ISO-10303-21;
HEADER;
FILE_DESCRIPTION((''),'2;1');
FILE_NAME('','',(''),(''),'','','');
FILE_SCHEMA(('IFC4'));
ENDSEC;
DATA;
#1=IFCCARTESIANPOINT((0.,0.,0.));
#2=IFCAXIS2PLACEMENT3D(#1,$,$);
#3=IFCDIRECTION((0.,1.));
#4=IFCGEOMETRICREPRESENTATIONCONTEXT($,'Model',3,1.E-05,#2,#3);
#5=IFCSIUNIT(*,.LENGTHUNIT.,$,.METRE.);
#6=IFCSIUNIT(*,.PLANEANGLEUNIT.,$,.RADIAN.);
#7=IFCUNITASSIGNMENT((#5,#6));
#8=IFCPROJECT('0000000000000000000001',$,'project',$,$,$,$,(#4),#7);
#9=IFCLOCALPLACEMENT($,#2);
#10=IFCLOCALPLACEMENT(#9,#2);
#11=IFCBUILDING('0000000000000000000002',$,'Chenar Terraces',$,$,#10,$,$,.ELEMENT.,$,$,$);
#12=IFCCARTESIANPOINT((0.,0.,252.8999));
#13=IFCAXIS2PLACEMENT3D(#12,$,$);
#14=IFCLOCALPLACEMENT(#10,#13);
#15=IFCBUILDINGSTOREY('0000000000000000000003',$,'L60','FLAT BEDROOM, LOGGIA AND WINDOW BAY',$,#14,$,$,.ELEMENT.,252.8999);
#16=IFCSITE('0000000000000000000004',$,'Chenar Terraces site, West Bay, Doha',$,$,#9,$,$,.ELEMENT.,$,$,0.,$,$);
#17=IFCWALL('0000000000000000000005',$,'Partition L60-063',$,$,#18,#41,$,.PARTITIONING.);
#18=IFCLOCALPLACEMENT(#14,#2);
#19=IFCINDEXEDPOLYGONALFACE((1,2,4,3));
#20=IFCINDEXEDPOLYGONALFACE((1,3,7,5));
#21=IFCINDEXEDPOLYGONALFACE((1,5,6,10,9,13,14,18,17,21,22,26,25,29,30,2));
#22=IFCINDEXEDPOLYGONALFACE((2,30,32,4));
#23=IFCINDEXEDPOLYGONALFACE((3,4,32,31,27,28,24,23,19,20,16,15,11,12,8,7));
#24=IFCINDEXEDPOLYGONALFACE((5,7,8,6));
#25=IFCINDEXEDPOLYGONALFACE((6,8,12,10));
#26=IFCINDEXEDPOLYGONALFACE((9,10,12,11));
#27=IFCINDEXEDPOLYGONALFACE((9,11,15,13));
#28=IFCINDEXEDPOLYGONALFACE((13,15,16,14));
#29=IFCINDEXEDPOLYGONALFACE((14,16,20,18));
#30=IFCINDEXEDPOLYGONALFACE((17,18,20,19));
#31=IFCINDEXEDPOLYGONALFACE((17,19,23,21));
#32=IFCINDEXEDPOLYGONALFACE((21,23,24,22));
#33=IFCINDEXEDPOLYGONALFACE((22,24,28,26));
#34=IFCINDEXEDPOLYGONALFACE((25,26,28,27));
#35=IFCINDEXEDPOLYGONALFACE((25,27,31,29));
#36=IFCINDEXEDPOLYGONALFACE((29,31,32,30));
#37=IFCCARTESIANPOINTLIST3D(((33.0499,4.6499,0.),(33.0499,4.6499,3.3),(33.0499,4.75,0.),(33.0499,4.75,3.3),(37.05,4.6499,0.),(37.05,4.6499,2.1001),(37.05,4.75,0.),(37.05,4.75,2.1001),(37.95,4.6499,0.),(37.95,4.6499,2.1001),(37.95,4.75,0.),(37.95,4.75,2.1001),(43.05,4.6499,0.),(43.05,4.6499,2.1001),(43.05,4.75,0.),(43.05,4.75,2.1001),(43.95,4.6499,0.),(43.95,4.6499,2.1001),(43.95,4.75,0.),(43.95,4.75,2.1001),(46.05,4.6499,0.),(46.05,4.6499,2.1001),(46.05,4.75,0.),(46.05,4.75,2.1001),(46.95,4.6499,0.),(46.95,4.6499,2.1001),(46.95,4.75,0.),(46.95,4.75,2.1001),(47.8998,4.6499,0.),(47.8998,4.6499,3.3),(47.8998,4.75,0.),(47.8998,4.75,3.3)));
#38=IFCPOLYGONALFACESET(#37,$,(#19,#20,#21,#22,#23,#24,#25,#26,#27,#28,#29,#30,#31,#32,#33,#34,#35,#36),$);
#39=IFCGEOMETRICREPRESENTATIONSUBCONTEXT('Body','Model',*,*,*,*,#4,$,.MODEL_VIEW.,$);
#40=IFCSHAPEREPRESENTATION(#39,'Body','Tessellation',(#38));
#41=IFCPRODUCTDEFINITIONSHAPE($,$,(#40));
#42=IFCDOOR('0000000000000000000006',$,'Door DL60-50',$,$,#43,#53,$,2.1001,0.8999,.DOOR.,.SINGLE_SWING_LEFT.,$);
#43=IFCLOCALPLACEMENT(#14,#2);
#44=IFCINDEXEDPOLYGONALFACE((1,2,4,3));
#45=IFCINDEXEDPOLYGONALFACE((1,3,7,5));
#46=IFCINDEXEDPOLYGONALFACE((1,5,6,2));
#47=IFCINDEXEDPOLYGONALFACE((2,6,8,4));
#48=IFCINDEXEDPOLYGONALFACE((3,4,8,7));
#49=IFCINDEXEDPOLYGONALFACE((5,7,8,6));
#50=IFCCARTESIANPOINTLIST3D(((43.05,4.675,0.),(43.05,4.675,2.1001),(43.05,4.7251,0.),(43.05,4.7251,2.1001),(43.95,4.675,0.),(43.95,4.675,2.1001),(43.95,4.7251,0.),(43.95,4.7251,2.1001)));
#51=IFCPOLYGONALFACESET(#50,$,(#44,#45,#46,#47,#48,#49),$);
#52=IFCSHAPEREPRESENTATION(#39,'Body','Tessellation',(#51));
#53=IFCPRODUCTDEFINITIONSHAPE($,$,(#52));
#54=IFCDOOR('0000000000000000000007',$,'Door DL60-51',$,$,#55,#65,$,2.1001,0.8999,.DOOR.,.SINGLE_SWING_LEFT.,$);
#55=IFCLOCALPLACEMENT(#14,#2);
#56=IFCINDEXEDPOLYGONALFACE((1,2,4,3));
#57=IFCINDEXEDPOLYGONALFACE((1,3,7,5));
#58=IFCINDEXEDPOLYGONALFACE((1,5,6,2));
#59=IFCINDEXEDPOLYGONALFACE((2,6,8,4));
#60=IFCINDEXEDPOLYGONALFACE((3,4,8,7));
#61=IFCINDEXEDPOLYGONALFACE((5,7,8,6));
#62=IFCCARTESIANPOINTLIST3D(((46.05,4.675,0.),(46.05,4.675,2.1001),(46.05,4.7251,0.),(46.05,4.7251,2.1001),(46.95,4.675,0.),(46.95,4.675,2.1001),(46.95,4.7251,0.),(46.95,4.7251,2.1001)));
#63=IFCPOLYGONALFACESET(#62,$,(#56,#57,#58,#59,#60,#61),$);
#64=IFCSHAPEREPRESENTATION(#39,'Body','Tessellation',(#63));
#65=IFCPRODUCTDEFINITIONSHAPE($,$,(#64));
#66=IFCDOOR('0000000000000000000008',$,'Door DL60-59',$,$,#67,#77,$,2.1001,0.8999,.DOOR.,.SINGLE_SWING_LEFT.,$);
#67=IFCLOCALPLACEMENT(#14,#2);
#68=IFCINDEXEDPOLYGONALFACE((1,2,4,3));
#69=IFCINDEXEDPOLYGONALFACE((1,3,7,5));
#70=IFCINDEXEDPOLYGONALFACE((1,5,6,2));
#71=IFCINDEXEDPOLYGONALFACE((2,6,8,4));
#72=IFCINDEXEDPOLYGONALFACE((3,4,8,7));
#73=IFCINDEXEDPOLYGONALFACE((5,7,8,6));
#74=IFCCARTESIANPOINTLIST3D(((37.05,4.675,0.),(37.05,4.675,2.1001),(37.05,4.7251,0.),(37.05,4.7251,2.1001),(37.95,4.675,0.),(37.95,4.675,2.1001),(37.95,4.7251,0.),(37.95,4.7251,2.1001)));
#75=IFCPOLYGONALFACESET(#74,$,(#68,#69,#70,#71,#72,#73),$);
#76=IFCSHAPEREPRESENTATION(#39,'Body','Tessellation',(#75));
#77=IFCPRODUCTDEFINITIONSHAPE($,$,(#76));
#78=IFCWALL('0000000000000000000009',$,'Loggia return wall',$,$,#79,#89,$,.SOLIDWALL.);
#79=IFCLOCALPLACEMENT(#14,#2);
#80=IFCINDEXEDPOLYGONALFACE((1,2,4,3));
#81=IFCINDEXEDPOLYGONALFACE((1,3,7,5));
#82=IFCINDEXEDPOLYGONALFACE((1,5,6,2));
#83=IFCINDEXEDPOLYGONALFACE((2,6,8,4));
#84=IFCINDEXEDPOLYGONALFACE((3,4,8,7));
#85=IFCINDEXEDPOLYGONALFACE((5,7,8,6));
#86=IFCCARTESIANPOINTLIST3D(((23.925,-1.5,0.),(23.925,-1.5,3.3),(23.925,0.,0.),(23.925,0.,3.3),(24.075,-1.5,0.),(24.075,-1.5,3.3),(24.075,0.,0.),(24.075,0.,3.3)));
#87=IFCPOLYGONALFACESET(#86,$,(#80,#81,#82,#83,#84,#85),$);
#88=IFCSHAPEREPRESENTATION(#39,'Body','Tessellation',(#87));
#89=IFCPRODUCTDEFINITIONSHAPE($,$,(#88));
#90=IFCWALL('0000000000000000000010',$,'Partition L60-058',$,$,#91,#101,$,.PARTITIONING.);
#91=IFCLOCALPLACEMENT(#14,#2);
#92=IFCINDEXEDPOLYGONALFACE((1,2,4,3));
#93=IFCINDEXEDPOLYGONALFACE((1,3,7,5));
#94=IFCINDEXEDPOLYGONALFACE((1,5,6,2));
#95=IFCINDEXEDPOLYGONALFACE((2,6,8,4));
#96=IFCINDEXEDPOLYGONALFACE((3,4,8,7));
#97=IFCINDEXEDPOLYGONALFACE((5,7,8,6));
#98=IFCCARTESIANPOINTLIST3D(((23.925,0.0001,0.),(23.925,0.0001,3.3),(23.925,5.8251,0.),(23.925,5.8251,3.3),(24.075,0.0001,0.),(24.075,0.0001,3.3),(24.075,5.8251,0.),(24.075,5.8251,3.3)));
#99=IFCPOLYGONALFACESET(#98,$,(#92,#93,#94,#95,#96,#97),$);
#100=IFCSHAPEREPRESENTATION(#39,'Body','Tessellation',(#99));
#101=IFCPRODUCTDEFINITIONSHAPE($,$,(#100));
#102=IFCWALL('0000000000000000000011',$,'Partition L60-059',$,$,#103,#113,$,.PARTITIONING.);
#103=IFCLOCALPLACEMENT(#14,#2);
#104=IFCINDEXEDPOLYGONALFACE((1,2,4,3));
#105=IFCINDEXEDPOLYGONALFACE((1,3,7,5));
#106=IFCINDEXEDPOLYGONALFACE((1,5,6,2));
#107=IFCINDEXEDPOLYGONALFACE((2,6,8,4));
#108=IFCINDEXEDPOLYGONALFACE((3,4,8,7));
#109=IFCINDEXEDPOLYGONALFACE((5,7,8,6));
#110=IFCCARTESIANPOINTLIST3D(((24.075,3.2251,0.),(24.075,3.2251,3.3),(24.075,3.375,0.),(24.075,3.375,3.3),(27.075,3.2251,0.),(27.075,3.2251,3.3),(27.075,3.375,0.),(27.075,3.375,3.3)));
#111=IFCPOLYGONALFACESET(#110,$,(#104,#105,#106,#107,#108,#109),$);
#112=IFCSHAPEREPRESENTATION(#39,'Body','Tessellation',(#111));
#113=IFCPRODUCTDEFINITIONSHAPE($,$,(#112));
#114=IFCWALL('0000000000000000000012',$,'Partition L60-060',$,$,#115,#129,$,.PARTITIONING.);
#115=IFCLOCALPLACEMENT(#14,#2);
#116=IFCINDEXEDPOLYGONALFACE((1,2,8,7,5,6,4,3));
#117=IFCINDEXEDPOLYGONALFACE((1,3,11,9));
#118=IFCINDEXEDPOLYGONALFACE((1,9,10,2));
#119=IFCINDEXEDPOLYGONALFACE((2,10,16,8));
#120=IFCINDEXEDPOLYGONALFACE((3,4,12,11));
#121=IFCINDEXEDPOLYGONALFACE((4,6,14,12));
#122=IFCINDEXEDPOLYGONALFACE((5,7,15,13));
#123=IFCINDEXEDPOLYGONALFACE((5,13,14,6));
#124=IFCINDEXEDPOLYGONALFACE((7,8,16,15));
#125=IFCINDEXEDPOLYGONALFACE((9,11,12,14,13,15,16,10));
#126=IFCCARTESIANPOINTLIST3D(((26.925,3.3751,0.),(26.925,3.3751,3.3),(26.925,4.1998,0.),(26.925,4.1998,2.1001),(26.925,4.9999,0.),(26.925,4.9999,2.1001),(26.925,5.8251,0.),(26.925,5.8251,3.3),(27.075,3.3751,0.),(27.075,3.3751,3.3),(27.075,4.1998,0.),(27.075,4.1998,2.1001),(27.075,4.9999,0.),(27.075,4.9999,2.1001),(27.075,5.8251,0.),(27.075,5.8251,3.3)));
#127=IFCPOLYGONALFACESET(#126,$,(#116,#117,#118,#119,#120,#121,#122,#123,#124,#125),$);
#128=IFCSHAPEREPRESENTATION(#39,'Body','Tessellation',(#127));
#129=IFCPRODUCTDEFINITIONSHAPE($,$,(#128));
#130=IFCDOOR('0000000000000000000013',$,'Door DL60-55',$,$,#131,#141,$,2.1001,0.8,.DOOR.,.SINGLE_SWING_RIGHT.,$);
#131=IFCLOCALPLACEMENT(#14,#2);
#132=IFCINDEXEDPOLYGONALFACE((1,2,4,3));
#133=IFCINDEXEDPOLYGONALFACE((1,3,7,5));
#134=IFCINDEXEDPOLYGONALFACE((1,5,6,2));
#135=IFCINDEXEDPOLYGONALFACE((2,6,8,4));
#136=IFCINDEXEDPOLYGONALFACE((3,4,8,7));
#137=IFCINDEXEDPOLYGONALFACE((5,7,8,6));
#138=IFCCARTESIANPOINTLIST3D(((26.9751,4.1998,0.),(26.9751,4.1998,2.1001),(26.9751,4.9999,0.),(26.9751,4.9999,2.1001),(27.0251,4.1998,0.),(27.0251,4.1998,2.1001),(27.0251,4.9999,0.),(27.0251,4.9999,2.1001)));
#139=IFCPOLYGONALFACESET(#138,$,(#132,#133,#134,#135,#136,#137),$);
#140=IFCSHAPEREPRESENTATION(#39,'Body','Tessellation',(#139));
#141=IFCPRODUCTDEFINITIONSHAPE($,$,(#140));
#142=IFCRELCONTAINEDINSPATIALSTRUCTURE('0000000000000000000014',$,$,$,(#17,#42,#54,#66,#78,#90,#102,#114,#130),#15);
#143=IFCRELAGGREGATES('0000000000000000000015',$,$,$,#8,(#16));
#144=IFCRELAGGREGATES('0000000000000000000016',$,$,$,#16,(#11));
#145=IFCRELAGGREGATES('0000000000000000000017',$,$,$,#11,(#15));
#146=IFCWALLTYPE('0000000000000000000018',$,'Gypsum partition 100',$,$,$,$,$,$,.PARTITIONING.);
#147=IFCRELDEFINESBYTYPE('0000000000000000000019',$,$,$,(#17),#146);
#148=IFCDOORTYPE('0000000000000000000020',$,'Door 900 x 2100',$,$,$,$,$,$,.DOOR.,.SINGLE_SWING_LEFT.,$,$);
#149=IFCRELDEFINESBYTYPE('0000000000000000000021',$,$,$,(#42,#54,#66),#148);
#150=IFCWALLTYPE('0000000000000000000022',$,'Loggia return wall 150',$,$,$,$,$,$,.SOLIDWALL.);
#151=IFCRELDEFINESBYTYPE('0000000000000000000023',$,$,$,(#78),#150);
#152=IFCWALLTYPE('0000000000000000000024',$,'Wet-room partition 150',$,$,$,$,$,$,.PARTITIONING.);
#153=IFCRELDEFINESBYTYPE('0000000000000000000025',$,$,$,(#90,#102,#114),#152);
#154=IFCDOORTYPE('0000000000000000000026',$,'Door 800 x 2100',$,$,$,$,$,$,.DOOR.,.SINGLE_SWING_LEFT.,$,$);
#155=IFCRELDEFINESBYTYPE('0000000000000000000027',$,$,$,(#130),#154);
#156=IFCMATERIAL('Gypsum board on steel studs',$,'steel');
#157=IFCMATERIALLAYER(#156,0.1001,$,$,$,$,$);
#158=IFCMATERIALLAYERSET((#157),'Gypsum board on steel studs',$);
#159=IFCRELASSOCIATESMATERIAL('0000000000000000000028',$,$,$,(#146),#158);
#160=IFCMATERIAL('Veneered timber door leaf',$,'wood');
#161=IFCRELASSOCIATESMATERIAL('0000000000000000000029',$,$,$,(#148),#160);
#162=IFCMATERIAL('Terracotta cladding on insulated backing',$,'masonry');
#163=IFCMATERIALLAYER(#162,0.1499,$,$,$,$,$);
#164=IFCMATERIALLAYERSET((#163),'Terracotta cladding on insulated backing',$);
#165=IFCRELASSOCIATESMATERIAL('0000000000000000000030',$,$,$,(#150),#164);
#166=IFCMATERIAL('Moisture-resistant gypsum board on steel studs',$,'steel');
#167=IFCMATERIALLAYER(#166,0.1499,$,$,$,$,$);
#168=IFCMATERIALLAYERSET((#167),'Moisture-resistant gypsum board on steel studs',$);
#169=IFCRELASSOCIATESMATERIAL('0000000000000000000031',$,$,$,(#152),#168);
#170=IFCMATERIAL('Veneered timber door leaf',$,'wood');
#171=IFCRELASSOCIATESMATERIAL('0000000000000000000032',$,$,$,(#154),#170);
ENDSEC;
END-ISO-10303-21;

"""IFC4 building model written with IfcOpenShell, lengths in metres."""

from ifc_helpers import new_model, si_unit, direction, frame, frame_2d, origin, place, context, subcontext, project, spatial, rectangle, extrude, material, layer, layer_set, type_object, element, fill, save


model = new_model("IFC4")

# Units and contexts
model_context = context("Model", 3, precision=1e-05, world=origin(), true_north=direction((0.0, 1.0)))
body_context = subcontext(model_context, "Body", "Model", "MODEL_VIEW")
ifc_project = project(units=[si_unit("LENGTHUNIT", "METRE"), si_unit("PLANEANGLEUNIT", "RADIAN")], contexts=[model_context])

# Site, building, storey
site_placement = place(None, origin())
site = spatial("IfcSite", under=ifc_project, at=site_placement, Name="Chenar Terraces site, West Bay, Doha", CompositionType="ELEMENT", RefElevation=0.0)
building_placement = place(site_placement, origin())
building = spatial("IfcBuilding", under=site, at=building_placement, Name="Chenar Terraces", CompositionType="ELEMENT")
storey_placement = place(building_placement, frame((0.0, 0.0, 252.8999)))
storey = spatial("IfcBuildingStorey", under=building, at=storey_placement, Name="L60", Description="FLAT BEDROOM, LOGGIA AND WINDOW BAY", CompositionType="ELEMENT", Elevation=252.8999)

# Shared definitions
ifc_material_1 = material(Name="Gypsum board on steel studs", Category="steel")
ifc_layer_1 = layer(ifc_material_1, 0.1001)
ifc_layer_set_1 = layer_set([ifc_layer_1], Name="Gypsum board on steel studs")
wall_type_1 = type_object("IfcWallType", Name="Gypsum partition 100", PredefinedType="PARTITIONING", material=ifc_layer_set_1)

# Shared definitions
ifc_material_2 = material(Name="Veneered timber door leaf", Category="wood")
door_type_1 = type_object("IfcDoorType", Name="Door 900 x 2100", OperationType="SINGLE_SWING_LEFT", PredefinedType="DOOR", material=ifc_material_2)

# Wall, openings, doors
wall_1_placement = place(storey_placement, frame((33.05, 4.7, 0.0), z_axis=(0.0, 0.0, 1.0), x_axis=(1.0, 0.0, 0.0)))
wall_1 = element("IfcWall", 1, at=wall_1_placement, inside=storey, type_object=wall_type_1, Name="Partition L60-063", PredefinedType="PARTITIONING", context=body_context, shape_type="SweptSolid", body=[
    extrude(rectangle(XDim=14.8499, YDim=0.1001, at=frame_2d((7.4248, 0.0))), origin(), (0.0, 0.0, 1.0), 3.3),
])
opening_1_placement = place(wall_1_placement, frame((10.0, 0.0, 0.0)))
opening_1 = element("IfcOpeningElement", 2, at=opening_1_placement, cuts=wall_1, PredefinedType="OPENING", context=body_context, shape_type="SweptSolid", body=[
    extrude(rectangle(XDim=0.8999, YDim=2.1001, at=frame_2d((0.45, 1.05))), frame((0.0, 0.0601, 0.0), z_axis=(0.0, -1.0, 0.0), x_axis=(1.0, 0.0, 0.0)), (0.0, 0.0, 1.0), 0.1201),
])
opening_2_placement = place(wall_1_placement, frame((13.0, 0.0, 0.0)))
opening_2 = element("IfcOpeningElement", 3, at=opening_2_placement, cuts=wall_1, PredefinedType="OPENING", context=body_context, shape_type="SweptSolid", body=[
    extrude(rectangle(XDim=0.8999, YDim=2.1001, at=frame_2d((0.45, 1.05))), frame((0.0, 0.0601, 0.0), z_axis=(0.0, -1.0, 0.0), x_axis=(1.0, 0.0, 0.0)), (0.0, 0.0, 1.0), 0.1201),
])
opening_3_placement = place(wall_1_placement, frame((4.0, 0.0, 0.0)))
opening_3 = element("IfcOpeningElement", 4, at=opening_3_placement, cuts=wall_1, PredefinedType="OPENING", context=body_context, shape_type="SweptSolid", body=[
    extrude(rectangle(XDim=0.8999, YDim=2.1001, at=frame_2d((0.45, 1.05))), frame((0.0, 0.0601, 0.0), z_axis=(0.0, -1.0, 0.0), x_axis=(1.0, 0.0, 0.0)), (0.0, 0.0, 1.0), 0.1201),
])
door_1_placement = place(opening_1_placement, frame((0.8999, 0.0, 0.0), z_axis=(0.0, 0.0, 1.0), x_axis=(-1.0, 0.0, 0.0)))
door_1 = element("IfcDoor", 5, at=door_1_placement, inside=storey, type_object=door_type_1, Name="Door DL60-50", OperationType="SINGLE_SWING_LEFT", OverallHeight=2.1001, OverallWidth=0.8999, PredefinedType="DOOR", context=body_context, shape_type="SweptSolid", body=[
    extrude(rectangle(XDim=0.8999, YDim=2.1001, at=frame_2d((0.45, 1.05))), frame((0.0, 0.0249, 0.0), z_axis=(0.0, -1.0, 0.0), x_axis=(1.0, 0.0, 0.0)), (0.0, 0.0, 1.0), 0.05),
])
fill(opening_1, door_1)
door_2_placement = place(opening_2_placement, frame((0.8999, 0.0, 0.0), z_axis=(0.0, 0.0, 1.0), x_axis=(-1.0, 0.0, 0.0)))
door_2 = element("IfcDoor", 6, at=door_2_placement, inside=storey, type_object=door_type_1, Name="Door DL60-51", OperationType="SINGLE_SWING_LEFT", OverallHeight=2.1001, OverallWidth=0.8999, PredefinedType="DOOR", context=body_context, shape_type="SweptSolid", body=[
    extrude(rectangle(XDim=0.8999, YDim=2.1001, at=frame_2d((0.45, 1.05))), frame((0.0, 0.0249, 0.0), z_axis=(0.0, -1.0, 0.0), x_axis=(1.0, 0.0, 0.0)), (0.0, 0.0, 1.0), 0.05),
])
fill(opening_2, door_2)
door_3_placement = place(opening_3_placement, frame((0.8999, 0.0, 0.0), z_axis=(0.0, 0.0, 1.0), x_axis=(-1.0, 0.0, 0.0)))
door_3 = element("IfcDoor", 7, at=door_3_placement, inside=storey, type_object=door_type_1, Name="Door DL60-59", OperationType="SINGLE_SWING_LEFT", OverallHeight=2.1001, OverallWidth=0.8999, PredefinedType="DOOR", context=body_context, shape_type="SweptSolid", body=[
    extrude(rectangle(XDim=0.8999, YDim=2.1001, at=frame_2d((0.45, 1.05))), frame((0.0, 0.0249, 0.0), z_axis=(0.0, -1.0, 0.0), x_axis=(1.0, 0.0, 0.0)), (0.0, 0.0, 1.0), 0.05),
])
fill(opening_3, door_3)

# Walls
ifc_material_3 = material(Name="Terracotta cladding on insulated backing", Category="masonry")
ifc_layer_2 = layer(ifc_material_3, 0.1499)
ifc_layer_set_2 = layer_set([ifc_layer_2], Name="Terracotta cladding on insulated backing")
wall_type_2 = type_object("IfcWallType", Name="Loggia return wall 150", PredefinedType="SOLIDWALL", material=ifc_layer_set_2)
wall_2_placement = place(storey_placement, frame((24.0, -1.5, 0.0), z_axis=(0.0, 0.0, 1.0), x_axis=(0.0, 1.0, 0.0)))
element("IfcWall", 8, at=wall_2_placement, inside=storey, type_object=wall_type_2, Name="Loggia return wall", PredefinedType="SOLIDWALL", context=body_context, shape_type="SweptSolid", body=[
    extrude(rectangle(XDim=1.5, YDim=0.1499, at=frame_2d((0.75, 0.0))), origin(), (0.0, 0.0, 1.0), 3.3),
])
ifc_material_4 = material(Name="Moisture-resistant gypsum board on steel studs", Category="steel")
ifc_layer_3 = layer(ifc_material_4, 0.1499)
ifc_layer_set_3 = layer_set([ifc_layer_3], Name="Moisture-resistant gypsum board on steel studs")
wall_type_3 = type_object("IfcWallType", Name="Wet-room partition 150", PredefinedType="PARTITIONING", material=ifc_layer_set_3)
wall_3_placement = place(storey_placement, frame((24.0, 0.0, 0.0), z_axis=(0.0, 0.0, 1.0), x_axis=(0.0, 1.0, 0.0)))
element("IfcWall", 9, at=wall_3_placement, inside=storey, type_object=wall_type_3, Name="Partition L60-058", PredefinedType="PARTITIONING", context=body_context, shape_type="SweptSolid", body=[
    extrude(rectangle(XDim=5.825, YDim=0.1499, at=frame_2d((2.9126, 0.0))), origin(), (0.0, 0.0, 1.0), 3.3),
])
wall_4_placement = place(storey_placement, frame((24.075, 3.3, 0.0), z_axis=(0.0, 0.0, 1.0), x_axis=(1.0, 0.0, 0.0)))
element("IfcWall", 10, at=wall_4_placement, inside=storey, type_object=wall_type_3, Name="Partition L60-059", PredefinedType="PARTITIONING", context=body_context, shape_type="SweptSolid", body=[
    extrude(rectangle(XDim=3.0, YDim=0.1499, at=frame_2d((1.5, 0.0))), origin(), (0.0, 0.0, 1.0), 3.3),
])

# Wall, opening, door
wall_5_placement = place(storey_placement, frame((27.0, 3.375, 0.0), z_axis=(0.0, 0.0, 1.0), x_axis=(0.0, 1.0, 0.0)))
wall_5 = element("IfcWall", 11, at=wall_5_placement, inside=storey, type_object=wall_type_3, Name="Partition L60-060", PredefinedType="PARTITIONING", context=body_context, shape_type="SweptSolid", body=[
    extrude(rectangle(XDim=2.45, YDim=0.1499, at=frame_2d((1.2251, 0.0))), origin(), (0.0, 0.0, 1.0), 3.3),
])
opening_4_placement = place(wall_5_placement, frame((0.825, 0.0, 0.0)))
opening_4 = element("IfcOpeningElement", 12, at=opening_4_placement, cuts=wall_5, PredefinedType="OPENING", context=body_context, shape_type="SweptSolid", body=[
    extrude(rectangle(XDim=0.8, YDim=2.1001, at=frame_2d((0.3999, 1.05))), frame((0.0, 0.085, 0.0), z_axis=(0.0, -1.0, 0.0), x_axis=(1.0, 0.0, 0.0)), (0.0, 0.0, 1.0), 0.1699),
])
ifc_material_5 = material(Name="Veneered timber door leaf", Category="wood")
door_type_2 = type_object("IfcDoorType", Name="Door 800 x 2100", OperationType="SINGLE_SWING_LEFT", PredefinedType="DOOR", material=ifc_material_5)
door_4_placement = place(opening_4_placement, origin())
door_4 = element("IfcDoor", 13, at=door_4_placement, inside=storey, type_object=door_type_2, Name="Door DL60-55", OperationType="SINGLE_SWING_RIGHT", OverallHeight=2.1001, OverallWidth=0.8, PredefinedType="DOOR", context=body_context, shape_type="SweptSolid", body=[
    extrude(rectangle(XDim=0.8, YDim=2.1001, at=frame_2d((0.3999, 1.05))), frame((0.0, 0.0249, 0.0), z_axis=(0.0, -1.0, 0.0), x_axis=(1.0, 0.0, 0.0)), (0.0, 0.0, 1.0), 0.05),
])
fill(opening_4, door_4)

save(model, "model.ifc")
